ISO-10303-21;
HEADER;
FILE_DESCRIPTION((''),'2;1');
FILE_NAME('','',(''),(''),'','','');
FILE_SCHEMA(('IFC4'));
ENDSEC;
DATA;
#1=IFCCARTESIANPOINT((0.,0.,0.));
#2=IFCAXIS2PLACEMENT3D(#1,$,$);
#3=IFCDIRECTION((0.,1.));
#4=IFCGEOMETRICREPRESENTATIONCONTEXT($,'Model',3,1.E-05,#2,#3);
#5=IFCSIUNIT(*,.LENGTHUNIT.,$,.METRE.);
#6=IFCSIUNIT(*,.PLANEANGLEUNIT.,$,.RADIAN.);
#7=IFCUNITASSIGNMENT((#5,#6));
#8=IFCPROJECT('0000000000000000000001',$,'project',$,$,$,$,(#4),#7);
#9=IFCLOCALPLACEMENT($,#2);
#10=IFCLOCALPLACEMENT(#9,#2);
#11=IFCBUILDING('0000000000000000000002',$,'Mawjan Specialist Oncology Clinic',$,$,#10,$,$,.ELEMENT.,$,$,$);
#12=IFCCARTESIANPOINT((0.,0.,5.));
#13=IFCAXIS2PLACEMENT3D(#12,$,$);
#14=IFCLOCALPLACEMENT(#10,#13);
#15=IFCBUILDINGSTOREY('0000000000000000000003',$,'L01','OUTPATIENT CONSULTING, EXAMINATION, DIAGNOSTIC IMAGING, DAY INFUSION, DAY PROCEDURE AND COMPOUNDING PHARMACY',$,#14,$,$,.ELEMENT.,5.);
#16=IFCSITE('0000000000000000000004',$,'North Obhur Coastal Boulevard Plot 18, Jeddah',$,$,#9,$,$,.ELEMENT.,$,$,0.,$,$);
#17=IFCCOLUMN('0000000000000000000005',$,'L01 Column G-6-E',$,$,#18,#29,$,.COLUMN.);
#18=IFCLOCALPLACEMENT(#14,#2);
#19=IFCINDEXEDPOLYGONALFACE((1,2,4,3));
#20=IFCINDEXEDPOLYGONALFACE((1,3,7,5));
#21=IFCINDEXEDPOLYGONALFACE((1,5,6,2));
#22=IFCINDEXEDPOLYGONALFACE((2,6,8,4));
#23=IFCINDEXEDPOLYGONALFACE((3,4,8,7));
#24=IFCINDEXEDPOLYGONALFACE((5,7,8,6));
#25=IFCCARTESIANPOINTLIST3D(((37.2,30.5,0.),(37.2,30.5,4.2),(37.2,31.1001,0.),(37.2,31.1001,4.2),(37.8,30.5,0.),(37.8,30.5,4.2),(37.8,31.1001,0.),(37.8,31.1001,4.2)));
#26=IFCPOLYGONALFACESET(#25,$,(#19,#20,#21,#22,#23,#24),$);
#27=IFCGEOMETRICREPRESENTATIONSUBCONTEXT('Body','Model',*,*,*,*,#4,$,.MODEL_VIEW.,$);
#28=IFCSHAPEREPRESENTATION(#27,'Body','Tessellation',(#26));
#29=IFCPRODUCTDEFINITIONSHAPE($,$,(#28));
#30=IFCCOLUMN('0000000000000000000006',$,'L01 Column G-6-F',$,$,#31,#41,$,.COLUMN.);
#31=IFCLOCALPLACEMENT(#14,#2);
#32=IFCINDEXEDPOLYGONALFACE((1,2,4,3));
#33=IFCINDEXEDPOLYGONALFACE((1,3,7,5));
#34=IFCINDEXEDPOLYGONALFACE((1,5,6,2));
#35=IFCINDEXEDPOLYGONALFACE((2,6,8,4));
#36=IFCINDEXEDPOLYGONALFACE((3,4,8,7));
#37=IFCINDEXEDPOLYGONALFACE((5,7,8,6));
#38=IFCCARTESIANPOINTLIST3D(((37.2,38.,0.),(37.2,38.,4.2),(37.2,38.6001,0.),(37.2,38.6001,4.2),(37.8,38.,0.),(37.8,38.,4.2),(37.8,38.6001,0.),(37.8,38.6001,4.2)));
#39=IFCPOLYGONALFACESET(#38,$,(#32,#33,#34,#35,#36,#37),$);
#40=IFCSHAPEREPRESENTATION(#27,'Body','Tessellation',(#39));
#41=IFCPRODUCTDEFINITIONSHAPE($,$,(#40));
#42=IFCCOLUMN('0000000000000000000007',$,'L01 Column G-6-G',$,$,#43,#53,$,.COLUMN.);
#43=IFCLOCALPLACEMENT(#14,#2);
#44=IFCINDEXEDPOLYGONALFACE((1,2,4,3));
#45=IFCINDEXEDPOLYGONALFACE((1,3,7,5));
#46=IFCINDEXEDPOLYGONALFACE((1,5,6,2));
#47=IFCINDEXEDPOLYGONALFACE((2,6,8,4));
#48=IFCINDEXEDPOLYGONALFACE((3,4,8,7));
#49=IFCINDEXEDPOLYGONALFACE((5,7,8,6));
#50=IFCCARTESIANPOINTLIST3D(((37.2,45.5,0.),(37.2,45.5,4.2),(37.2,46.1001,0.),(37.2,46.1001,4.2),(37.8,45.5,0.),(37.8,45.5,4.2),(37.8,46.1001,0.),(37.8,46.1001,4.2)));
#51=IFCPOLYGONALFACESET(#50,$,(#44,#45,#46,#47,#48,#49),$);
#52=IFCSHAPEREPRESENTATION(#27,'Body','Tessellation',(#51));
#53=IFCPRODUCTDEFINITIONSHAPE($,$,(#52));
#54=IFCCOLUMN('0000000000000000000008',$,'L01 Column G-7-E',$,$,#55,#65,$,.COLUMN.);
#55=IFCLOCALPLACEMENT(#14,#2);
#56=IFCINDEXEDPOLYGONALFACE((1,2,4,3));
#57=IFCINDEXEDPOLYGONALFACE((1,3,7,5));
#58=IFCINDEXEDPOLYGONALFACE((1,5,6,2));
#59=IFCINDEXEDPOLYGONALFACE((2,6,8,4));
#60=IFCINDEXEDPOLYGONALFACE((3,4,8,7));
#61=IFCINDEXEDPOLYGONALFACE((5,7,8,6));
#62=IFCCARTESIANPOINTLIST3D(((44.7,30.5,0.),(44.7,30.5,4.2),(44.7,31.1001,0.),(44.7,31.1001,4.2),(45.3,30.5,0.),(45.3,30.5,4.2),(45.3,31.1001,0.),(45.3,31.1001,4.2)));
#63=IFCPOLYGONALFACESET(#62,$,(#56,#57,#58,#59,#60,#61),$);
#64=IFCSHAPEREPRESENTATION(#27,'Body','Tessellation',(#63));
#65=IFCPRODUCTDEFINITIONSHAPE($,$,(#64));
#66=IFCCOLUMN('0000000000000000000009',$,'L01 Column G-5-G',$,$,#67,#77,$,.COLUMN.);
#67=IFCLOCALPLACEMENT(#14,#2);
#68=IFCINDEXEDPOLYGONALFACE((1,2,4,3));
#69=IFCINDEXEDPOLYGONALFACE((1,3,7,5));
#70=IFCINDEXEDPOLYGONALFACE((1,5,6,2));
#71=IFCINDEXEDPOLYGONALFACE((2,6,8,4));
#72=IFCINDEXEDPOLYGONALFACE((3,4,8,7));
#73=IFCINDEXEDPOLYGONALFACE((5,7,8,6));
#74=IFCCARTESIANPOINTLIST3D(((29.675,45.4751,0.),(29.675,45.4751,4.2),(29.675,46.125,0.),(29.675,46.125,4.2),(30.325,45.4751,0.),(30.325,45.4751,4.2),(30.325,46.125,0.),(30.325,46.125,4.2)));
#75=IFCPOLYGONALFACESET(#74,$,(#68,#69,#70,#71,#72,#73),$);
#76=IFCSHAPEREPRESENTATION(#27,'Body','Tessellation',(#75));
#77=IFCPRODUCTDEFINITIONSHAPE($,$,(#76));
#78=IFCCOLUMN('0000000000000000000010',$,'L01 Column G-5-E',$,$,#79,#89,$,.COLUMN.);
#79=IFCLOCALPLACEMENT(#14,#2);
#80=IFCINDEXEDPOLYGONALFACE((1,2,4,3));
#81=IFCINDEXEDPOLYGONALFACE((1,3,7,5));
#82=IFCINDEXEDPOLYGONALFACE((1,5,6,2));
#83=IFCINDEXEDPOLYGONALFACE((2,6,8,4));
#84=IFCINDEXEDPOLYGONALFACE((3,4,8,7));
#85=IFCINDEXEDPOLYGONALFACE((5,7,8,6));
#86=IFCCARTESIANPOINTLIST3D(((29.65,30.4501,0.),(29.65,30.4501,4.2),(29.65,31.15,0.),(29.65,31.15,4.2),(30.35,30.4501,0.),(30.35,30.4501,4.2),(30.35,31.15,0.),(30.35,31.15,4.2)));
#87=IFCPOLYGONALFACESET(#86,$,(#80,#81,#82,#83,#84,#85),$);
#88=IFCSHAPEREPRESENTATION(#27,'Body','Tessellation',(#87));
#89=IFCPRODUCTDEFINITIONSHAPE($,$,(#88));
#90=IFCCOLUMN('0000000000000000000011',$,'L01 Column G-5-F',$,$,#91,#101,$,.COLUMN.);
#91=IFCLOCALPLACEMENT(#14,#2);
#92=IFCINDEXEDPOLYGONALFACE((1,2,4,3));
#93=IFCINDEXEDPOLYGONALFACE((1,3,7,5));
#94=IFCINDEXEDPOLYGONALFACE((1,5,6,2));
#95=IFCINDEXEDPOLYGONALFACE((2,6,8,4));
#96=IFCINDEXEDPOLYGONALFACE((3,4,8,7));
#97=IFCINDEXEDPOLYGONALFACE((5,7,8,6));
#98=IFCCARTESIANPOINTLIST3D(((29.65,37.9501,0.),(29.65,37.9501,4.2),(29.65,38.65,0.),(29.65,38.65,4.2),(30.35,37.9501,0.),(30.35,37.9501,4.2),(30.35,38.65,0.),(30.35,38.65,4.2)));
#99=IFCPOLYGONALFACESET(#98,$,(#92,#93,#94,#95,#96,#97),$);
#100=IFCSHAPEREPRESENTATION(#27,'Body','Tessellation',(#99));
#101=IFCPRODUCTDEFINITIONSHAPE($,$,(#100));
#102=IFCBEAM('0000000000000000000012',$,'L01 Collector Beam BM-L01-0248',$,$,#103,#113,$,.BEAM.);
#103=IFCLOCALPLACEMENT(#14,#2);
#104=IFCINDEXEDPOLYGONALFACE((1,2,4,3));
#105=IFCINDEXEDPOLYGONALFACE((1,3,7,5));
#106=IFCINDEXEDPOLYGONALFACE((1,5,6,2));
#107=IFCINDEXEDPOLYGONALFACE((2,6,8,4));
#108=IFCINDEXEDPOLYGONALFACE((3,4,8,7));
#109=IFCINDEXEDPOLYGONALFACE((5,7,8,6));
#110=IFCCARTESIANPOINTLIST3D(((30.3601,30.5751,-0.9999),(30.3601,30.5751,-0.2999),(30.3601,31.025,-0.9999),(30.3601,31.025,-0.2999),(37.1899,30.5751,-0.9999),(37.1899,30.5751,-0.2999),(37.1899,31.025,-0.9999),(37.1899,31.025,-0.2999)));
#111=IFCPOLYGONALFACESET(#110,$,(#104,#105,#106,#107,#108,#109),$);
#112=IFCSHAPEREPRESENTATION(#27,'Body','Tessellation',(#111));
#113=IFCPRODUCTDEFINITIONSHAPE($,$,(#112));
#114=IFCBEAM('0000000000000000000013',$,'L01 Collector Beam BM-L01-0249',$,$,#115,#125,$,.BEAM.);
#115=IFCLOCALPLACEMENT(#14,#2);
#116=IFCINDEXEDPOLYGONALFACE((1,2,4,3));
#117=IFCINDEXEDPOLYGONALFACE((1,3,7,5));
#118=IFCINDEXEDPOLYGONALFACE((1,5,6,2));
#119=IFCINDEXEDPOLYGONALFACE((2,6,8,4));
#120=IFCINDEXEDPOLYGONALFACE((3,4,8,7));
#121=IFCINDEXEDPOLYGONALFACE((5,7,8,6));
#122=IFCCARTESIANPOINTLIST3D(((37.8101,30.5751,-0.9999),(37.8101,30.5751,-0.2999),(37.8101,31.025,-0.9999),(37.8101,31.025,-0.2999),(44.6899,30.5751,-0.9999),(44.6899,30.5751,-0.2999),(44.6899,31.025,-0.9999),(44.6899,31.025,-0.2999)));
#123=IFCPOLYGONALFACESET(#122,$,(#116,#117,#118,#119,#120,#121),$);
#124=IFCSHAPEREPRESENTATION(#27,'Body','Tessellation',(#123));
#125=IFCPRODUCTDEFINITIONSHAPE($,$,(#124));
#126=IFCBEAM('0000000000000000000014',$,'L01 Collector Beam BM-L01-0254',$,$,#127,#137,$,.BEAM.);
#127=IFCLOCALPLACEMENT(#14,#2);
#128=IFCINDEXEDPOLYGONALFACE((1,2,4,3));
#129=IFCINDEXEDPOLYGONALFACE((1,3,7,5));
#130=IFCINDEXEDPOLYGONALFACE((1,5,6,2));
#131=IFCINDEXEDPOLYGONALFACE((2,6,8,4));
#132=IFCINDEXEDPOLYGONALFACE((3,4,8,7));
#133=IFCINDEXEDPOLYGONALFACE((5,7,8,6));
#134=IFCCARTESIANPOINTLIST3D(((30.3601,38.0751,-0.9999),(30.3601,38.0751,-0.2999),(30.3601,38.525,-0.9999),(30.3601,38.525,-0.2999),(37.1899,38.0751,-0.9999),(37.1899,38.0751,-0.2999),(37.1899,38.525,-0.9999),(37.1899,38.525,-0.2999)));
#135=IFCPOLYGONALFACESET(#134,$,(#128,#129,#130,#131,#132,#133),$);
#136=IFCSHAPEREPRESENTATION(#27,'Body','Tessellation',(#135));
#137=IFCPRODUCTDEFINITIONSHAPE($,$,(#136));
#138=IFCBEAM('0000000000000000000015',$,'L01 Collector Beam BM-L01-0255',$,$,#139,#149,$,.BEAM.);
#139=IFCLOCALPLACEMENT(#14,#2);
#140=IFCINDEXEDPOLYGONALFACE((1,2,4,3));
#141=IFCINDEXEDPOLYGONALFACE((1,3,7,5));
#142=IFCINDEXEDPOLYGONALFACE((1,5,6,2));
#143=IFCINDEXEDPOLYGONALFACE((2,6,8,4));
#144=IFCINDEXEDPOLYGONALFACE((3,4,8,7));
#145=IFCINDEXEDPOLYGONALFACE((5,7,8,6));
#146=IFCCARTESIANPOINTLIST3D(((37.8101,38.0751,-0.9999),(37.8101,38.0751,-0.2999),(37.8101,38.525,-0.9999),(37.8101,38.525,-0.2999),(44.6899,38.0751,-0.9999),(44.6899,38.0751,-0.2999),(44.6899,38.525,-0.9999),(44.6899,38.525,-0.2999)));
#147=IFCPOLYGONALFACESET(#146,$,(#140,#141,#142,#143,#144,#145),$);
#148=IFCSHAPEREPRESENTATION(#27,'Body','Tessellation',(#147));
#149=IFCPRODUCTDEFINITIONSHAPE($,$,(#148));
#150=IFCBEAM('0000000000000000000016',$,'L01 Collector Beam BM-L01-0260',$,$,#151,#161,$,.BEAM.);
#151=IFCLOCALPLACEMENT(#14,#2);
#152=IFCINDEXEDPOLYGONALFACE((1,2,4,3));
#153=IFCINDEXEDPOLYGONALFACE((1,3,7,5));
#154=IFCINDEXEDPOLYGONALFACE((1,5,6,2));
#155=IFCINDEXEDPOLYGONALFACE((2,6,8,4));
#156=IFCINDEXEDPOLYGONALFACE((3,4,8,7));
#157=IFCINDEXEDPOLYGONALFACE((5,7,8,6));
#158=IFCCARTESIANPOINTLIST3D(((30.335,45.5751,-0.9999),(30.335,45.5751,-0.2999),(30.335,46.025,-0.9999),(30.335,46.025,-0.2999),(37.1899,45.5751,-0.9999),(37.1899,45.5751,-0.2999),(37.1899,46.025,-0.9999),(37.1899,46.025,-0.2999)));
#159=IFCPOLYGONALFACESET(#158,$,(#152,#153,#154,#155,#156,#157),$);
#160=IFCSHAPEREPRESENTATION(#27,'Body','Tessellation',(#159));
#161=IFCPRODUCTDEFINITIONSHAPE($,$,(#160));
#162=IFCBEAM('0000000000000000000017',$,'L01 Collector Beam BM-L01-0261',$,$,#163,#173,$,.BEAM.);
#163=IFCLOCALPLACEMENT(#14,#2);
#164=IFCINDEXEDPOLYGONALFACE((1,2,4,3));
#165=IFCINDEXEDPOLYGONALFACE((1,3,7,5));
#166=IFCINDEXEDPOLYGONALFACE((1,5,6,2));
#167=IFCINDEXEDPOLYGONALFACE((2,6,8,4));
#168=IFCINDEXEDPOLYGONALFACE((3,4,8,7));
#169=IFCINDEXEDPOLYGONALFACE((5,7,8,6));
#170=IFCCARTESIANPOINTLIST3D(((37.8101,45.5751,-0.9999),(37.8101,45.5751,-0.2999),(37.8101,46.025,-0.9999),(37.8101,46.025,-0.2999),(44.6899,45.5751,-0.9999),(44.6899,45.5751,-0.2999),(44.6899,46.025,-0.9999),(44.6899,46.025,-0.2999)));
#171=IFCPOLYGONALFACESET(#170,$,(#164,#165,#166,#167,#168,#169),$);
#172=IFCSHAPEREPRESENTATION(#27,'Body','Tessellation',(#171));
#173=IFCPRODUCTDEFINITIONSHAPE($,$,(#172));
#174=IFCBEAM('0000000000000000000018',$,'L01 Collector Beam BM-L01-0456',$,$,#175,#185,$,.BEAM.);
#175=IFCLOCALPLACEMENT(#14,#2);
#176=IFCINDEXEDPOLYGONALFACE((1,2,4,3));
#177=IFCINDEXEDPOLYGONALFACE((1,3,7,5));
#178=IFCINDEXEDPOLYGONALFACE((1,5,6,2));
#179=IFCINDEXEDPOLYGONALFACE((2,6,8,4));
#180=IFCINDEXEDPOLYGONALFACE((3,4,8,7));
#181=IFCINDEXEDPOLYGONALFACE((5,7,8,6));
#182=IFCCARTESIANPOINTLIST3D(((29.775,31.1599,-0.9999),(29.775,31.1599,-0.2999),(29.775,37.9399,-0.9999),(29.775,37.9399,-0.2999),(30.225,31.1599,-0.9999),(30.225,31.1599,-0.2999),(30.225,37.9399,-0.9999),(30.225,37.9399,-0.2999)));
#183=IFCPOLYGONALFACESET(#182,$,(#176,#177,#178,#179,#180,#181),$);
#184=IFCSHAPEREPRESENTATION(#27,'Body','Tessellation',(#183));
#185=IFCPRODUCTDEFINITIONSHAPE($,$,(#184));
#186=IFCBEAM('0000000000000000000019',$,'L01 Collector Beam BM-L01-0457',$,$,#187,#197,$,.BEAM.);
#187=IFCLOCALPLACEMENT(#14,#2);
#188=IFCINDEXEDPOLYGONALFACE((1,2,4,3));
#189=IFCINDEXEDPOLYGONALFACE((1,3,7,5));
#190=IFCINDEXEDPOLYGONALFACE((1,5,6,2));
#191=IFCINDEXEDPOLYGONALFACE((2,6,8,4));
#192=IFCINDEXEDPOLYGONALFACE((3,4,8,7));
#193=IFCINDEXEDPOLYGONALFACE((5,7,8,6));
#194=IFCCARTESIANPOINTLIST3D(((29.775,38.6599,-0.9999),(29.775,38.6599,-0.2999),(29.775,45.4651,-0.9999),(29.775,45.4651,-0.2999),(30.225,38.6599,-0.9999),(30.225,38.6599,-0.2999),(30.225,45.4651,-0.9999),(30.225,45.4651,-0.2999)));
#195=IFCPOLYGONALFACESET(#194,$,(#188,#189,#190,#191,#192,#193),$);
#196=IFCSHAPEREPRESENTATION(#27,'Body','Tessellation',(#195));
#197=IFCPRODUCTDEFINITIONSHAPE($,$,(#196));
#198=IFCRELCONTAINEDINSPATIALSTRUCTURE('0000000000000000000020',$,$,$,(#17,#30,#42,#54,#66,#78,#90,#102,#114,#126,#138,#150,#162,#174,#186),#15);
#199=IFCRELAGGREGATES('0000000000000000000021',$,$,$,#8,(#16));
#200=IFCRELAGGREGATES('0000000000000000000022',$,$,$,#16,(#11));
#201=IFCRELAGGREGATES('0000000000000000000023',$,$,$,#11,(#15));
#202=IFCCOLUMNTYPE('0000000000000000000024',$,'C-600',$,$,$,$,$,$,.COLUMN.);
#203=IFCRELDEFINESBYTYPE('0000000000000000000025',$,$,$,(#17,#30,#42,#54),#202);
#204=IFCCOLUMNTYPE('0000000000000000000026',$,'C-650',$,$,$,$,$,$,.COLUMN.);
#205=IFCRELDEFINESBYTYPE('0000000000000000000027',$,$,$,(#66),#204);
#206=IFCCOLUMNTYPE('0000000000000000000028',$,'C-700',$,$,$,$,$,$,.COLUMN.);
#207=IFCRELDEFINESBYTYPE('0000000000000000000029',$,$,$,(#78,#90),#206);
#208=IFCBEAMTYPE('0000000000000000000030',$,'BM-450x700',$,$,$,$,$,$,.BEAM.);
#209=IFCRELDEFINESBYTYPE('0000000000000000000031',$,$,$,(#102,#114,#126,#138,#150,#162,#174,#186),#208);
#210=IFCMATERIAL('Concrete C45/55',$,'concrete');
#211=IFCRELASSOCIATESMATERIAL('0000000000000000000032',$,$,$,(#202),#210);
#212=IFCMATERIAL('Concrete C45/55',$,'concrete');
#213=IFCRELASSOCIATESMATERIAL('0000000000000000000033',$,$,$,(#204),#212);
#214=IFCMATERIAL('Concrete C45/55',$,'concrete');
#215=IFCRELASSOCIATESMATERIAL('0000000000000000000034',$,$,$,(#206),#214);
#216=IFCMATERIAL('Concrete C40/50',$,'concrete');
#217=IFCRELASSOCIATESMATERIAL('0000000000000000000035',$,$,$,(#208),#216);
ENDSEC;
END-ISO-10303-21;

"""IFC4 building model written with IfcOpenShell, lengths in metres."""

from ifc_helpers import new_model, si_unit, direction, frame, origin, origin_2d, place, context, subcontext, project, spatial, rectangle, extrude, material, material_profile, profile_set, type_object, element, save


model = new_model("IFC4")

# Units and contexts
model_context = context("Model", 3, precision=1e-05, world=origin(), true_north=direction((0.0, 1.0)))
body_context = subcontext(model_context, "Body", "Model", "MODEL_VIEW")
ifc_project = project(units=[si_unit("LENGTHUNIT", "METRE"), si_unit("PLANEANGLEUNIT", "RADIAN")], contexts=[model_context])

# Site, building, storey
site_placement = place(None, origin())
site = spatial("IfcSite", under=ifc_project, at=site_placement, Name="North Obhur Coastal Boulevard Plot 18, Jeddah", CompositionType="ELEMENT", RefElevation=0.0)
building_placement = place(site_placement, origin())
building = spatial("IfcBuilding", under=site, at=building_placement, Name="Mawjan Specialist Oncology Clinic", CompositionType="ELEMENT")
storey_placement = place(building_placement, frame((0.0, 0.0, 5.0)))
storey = spatial("IfcBuildingStorey", under=building, at=storey_placement, Name="L01", Description="OUTPATIENT CONSULTING, EXAMINATION, DIAGNOSTIC IMAGING, DAY INFUSION, DAY PROCEDURE AND COMPOUNDING PHARMACY", CompositionType="ELEMENT", Elevation=5.0)

# Columns
ifc_material_1 = material(Name="Concrete C45/55", Category="concrete")
ifc_material_profile_1 = material_profile(ifc_material_1, rectangle(XDim=0.6001, YDim=0.6001, at=origin_2d()), Name="RC COL 600x600", Category="concrete")
ifc_profile_set_1 = profile_set([ifc_material_profile_1], Name="Concrete C45/55")
column_type_1 = type_object("IfcColumnType", Name="C-600", PredefinedType="COLUMN", material=ifc_profile_set_1)
for number, where, z_axis, x_axis, name in (
    (1, (37.5, 30.8, 0.0), (0.0, 0.0, 1.0), (1.0, 0.0, 0.0), "L01 Column G-6-E"),
    (2, (37.5, 38.3, 0.0), (0.0, 0.0, 1.0), (1.0, 0.0, 0.0), "L01 Column G-6-F"),
    (3, (37.5, 45.8, 0.0), (0.0, 0.0, 1.0), (1.0, 0.0, 0.0), "L01 Column G-6-G"),
    (4, (45.0, 30.8, 0.0), (0.0, 0.0, 1.0), (1.0, 0.0, 0.0), "L01 Column G-7-E"),
):
    element("IfcColumn", number, at=place(storey_placement, frame(where, z_axis=z_axis, x_axis=x_axis)), inside=storey, type_object=column_type_1, Name=name, PredefinedType="COLUMN", context=body_context, shape_type="SweptSolid", body=[
        extrude(rectangle(XDim=0.6001, YDim=0.6001, at=origin_2d()), origin(), (0.0, 0.0, 1.0), 4.2),
    ])
ifc_material_2 = material(Name="Concrete C45/55", Category="concrete")
ifc_material_profile_2 = material_profile(ifc_material_2, rectangle(XDim=0.6499, YDim=0.6499, at=origin_2d()), Name="RC COL 650x650", Category="concrete")
ifc_profile_set_2 = profile_set([ifc_material_profile_2], Name="Concrete C45/55")
column_type_2 = type_object("IfcColumnType", Name="C-650", PredefinedType="COLUMN", material=ifc_profile_set_2)
column_placement = place(storey_placement, frame((30.0, 45.8, 0.0), z_axis=(0.0, 0.0, 1.0), x_axis=(1.0, 0.0, 0.0)))
element("IfcColumn", 5, at=column_placement, inside=storey, type_object=column_type_2, Name="L01 Column G-5-G", PredefinedType="COLUMN", context=body_context, shape_type="SweptSolid", body=[
    extrude(rectangle(XDim=0.6499, YDim=0.6499, at=origin_2d()), origin(), (0.0, 0.0, 1.0), 4.2),
])
ifc_material_3 = material(Name="Concrete C45/55", Category="concrete")
ifc_material_profile_3 = material_profile(ifc_material_3, rectangle(XDim=0.7, YDim=0.7, at=origin_2d()), Name="RC COL 700x700", Category="concrete")
ifc_profile_set_3 = profile_set([ifc_material_profile_3], Name="Concrete C45/55")
column_type_3 = type_object("IfcColumnType", Name="C-700", PredefinedType="COLUMN", material=ifc_profile_set_3)
for number, where, z_axis, x_axis, name in (
    (6, (30.0, 30.8, 0.0), (0.0, 0.0, 1.0), (1.0, 0.0, 0.0), "L01 Column G-5-E"),
    (7, (30.0, 38.3, 0.0), (0.0, 0.0, 1.0), (1.0, 0.0, 0.0), "L01 Column G-5-F"),
):
    element("IfcColumn", number, at=place(storey_placement, frame(where, z_axis=z_axis, x_axis=x_axis)), inside=storey, type_object=column_type_3, Name=name, PredefinedType="COLUMN", context=body_context, shape_type="SweptSolid", body=[
        extrude(rectangle(XDim=0.7, YDim=0.7, at=origin_2d()), origin(), (0.0, 0.0, 1.0), 4.2),
    ])

# Beams
ifc_material_4 = material(Name="Concrete C40/50", Category="concrete")
ifc_material_profile_4 = material_profile(ifc_material_4, rectangle(XDim=0.45, YDim=0.7, at=origin_2d()), Name="RC BM 450x700", Category="concrete")
ifc_profile_set_4 = profile_set([ifc_material_profile_4], Name="Concrete C40/50")
beam_type_1 = type_object("IfcBeamType", Name="BM-450x700", PredefinedType="BEAM", material=ifc_profile_set_4)
beam_1_placement = place(storey_placement, frame((30.3601, 30.8, -0.6499), z_axis=(1.0, 0.0, 0.0), x_axis=(0.0, 1.0, 0.0)))
element("IfcBeam", 8, at=beam_1_placement, inside=storey, type_object=beam_type_1, Name="L01 Collector Beam BM-L01-0248", PredefinedType="BEAM", context=body_context, shape_type="SweptSolid", body=[
    extrude(rectangle(XDim=0.45, YDim=0.7, at=origin_2d()), origin(), (0.0, 0.0, 1.0), 6.8298),
])
beam_2_placement = place(storey_placement, frame((37.8101, 30.8, -0.6499), z_axis=(1.0, 0.0, 0.0), x_axis=(0.0, 1.0, 0.0)))
element("IfcBeam", 9, at=beam_2_placement, inside=storey, type_object=beam_type_1, Name="L01 Collector Beam BM-L01-0249", PredefinedType="BEAM", context=body_context, shape_type="SweptSolid", body=[
    extrude(rectangle(XDim=0.45, YDim=0.7, at=origin_2d()), origin(), (0.0, 0.0, 1.0), 6.8799),
])
beam_3_placement = place(storey_placement, frame((30.3601, 38.3, -0.6499), z_axis=(1.0, 0.0, 0.0), x_axis=(0.0, 1.0, 0.0)))
element("IfcBeam", 10, at=beam_3_placement, inside=storey, type_object=beam_type_1, Name="L01 Collector Beam BM-L01-0254", PredefinedType="BEAM", context=body_context, shape_type="SweptSolid", body=[
    extrude(rectangle(XDim=0.45, YDim=0.7, at=origin_2d()), origin(), (0.0, 0.0, 1.0), 6.8298),
])
beam_4_placement = place(storey_placement, frame((37.8101, 38.3, -0.6499), z_axis=(1.0, 0.0, 0.0), x_axis=(0.0, 1.0, 0.0)))
element("IfcBeam", 11, at=beam_4_placement, inside=storey, type_object=beam_type_1, Name="L01 Collector Beam BM-L01-0255", PredefinedType="BEAM", context=body_context, shape_type="SweptSolid", body=[
    extrude(rectangle(XDim=0.45, YDim=0.7, at=origin_2d()), origin(), (0.0, 0.0, 1.0), 6.8799),
])
beam_5_placement = place(storey_placement, frame((30.335, 45.8, -0.6499), z_axis=(1.0, 0.0, 0.0), x_axis=(0.0, 1.0, 0.0)))
element("IfcBeam", 12, at=beam_5_placement, inside=storey, type_object=beam_type_1, Name="L01 Collector Beam BM-L01-0260", PredefinedType="BEAM", context=body_context, shape_type="SweptSolid", body=[
    extrude(rectangle(XDim=0.45, YDim=0.7, at=origin_2d()), origin(), (0.0, 0.0, 1.0), 6.855),
])
beam_6_placement = place(storey_placement, frame((37.8101, 45.8, -0.6499), z_axis=(1.0, 0.0, 0.0), x_axis=(0.0, 1.0, 0.0)))
element("IfcBeam", 13, at=beam_6_placement, inside=storey, type_object=beam_type_1, Name="L01 Collector Beam BM-L01-0261", PredefinedType="BEAM", context=body_context, shape_type="SweptSolid", body=[
    extrude(rectangle(XDim=0.45, YDim=0.7, at=origin_2d()), origin(), (0.0, 0.0, 1.0), 6.8799),
])
beam_7_placement = place(storey_placement, frame((30.0, 31.1599, -0.6499), z_axis=(0.0, 1.0, 0.0), x_axis=(-1.0, 0.0, 0.0)))
element("IfcBeam", 14, at=beam_7_placement, inside=storey, type_object=beam_type_1, Name="L01 Collector Beam BM-L01-0456", PredefinedType="BEAM", context=body_context, shape_type="SweptSolid", body=[
    extrude(rectangle(XDim=0.45, YDim=0.7, at=origin_2d()), origin(), (0.0, 0.0, 1.0), 6.78),
])
beam_8_placement = place(storey_placement, frame((30.0, 38.6599, -0.6499), z_axis=(0.0, 1.0, 0.0), x_axis=(-1.0, 0.0, 0.0)))
element("IfcBeam", 15, at=beam_8_placement, inside=storey, type_object=beam_type_1, Name="L01 Collector Beam BM-L01-0457", PredefinedType="BEAM", context=body_context, shape_type="SweptSolid", body=[
    extrude(rectangle(XDim=0.45, YDim=0.7, at=origin_2d()), origin(), (0.0, 0.0, 1.0), 6.8052),
])

save(model, "model.ifc")
